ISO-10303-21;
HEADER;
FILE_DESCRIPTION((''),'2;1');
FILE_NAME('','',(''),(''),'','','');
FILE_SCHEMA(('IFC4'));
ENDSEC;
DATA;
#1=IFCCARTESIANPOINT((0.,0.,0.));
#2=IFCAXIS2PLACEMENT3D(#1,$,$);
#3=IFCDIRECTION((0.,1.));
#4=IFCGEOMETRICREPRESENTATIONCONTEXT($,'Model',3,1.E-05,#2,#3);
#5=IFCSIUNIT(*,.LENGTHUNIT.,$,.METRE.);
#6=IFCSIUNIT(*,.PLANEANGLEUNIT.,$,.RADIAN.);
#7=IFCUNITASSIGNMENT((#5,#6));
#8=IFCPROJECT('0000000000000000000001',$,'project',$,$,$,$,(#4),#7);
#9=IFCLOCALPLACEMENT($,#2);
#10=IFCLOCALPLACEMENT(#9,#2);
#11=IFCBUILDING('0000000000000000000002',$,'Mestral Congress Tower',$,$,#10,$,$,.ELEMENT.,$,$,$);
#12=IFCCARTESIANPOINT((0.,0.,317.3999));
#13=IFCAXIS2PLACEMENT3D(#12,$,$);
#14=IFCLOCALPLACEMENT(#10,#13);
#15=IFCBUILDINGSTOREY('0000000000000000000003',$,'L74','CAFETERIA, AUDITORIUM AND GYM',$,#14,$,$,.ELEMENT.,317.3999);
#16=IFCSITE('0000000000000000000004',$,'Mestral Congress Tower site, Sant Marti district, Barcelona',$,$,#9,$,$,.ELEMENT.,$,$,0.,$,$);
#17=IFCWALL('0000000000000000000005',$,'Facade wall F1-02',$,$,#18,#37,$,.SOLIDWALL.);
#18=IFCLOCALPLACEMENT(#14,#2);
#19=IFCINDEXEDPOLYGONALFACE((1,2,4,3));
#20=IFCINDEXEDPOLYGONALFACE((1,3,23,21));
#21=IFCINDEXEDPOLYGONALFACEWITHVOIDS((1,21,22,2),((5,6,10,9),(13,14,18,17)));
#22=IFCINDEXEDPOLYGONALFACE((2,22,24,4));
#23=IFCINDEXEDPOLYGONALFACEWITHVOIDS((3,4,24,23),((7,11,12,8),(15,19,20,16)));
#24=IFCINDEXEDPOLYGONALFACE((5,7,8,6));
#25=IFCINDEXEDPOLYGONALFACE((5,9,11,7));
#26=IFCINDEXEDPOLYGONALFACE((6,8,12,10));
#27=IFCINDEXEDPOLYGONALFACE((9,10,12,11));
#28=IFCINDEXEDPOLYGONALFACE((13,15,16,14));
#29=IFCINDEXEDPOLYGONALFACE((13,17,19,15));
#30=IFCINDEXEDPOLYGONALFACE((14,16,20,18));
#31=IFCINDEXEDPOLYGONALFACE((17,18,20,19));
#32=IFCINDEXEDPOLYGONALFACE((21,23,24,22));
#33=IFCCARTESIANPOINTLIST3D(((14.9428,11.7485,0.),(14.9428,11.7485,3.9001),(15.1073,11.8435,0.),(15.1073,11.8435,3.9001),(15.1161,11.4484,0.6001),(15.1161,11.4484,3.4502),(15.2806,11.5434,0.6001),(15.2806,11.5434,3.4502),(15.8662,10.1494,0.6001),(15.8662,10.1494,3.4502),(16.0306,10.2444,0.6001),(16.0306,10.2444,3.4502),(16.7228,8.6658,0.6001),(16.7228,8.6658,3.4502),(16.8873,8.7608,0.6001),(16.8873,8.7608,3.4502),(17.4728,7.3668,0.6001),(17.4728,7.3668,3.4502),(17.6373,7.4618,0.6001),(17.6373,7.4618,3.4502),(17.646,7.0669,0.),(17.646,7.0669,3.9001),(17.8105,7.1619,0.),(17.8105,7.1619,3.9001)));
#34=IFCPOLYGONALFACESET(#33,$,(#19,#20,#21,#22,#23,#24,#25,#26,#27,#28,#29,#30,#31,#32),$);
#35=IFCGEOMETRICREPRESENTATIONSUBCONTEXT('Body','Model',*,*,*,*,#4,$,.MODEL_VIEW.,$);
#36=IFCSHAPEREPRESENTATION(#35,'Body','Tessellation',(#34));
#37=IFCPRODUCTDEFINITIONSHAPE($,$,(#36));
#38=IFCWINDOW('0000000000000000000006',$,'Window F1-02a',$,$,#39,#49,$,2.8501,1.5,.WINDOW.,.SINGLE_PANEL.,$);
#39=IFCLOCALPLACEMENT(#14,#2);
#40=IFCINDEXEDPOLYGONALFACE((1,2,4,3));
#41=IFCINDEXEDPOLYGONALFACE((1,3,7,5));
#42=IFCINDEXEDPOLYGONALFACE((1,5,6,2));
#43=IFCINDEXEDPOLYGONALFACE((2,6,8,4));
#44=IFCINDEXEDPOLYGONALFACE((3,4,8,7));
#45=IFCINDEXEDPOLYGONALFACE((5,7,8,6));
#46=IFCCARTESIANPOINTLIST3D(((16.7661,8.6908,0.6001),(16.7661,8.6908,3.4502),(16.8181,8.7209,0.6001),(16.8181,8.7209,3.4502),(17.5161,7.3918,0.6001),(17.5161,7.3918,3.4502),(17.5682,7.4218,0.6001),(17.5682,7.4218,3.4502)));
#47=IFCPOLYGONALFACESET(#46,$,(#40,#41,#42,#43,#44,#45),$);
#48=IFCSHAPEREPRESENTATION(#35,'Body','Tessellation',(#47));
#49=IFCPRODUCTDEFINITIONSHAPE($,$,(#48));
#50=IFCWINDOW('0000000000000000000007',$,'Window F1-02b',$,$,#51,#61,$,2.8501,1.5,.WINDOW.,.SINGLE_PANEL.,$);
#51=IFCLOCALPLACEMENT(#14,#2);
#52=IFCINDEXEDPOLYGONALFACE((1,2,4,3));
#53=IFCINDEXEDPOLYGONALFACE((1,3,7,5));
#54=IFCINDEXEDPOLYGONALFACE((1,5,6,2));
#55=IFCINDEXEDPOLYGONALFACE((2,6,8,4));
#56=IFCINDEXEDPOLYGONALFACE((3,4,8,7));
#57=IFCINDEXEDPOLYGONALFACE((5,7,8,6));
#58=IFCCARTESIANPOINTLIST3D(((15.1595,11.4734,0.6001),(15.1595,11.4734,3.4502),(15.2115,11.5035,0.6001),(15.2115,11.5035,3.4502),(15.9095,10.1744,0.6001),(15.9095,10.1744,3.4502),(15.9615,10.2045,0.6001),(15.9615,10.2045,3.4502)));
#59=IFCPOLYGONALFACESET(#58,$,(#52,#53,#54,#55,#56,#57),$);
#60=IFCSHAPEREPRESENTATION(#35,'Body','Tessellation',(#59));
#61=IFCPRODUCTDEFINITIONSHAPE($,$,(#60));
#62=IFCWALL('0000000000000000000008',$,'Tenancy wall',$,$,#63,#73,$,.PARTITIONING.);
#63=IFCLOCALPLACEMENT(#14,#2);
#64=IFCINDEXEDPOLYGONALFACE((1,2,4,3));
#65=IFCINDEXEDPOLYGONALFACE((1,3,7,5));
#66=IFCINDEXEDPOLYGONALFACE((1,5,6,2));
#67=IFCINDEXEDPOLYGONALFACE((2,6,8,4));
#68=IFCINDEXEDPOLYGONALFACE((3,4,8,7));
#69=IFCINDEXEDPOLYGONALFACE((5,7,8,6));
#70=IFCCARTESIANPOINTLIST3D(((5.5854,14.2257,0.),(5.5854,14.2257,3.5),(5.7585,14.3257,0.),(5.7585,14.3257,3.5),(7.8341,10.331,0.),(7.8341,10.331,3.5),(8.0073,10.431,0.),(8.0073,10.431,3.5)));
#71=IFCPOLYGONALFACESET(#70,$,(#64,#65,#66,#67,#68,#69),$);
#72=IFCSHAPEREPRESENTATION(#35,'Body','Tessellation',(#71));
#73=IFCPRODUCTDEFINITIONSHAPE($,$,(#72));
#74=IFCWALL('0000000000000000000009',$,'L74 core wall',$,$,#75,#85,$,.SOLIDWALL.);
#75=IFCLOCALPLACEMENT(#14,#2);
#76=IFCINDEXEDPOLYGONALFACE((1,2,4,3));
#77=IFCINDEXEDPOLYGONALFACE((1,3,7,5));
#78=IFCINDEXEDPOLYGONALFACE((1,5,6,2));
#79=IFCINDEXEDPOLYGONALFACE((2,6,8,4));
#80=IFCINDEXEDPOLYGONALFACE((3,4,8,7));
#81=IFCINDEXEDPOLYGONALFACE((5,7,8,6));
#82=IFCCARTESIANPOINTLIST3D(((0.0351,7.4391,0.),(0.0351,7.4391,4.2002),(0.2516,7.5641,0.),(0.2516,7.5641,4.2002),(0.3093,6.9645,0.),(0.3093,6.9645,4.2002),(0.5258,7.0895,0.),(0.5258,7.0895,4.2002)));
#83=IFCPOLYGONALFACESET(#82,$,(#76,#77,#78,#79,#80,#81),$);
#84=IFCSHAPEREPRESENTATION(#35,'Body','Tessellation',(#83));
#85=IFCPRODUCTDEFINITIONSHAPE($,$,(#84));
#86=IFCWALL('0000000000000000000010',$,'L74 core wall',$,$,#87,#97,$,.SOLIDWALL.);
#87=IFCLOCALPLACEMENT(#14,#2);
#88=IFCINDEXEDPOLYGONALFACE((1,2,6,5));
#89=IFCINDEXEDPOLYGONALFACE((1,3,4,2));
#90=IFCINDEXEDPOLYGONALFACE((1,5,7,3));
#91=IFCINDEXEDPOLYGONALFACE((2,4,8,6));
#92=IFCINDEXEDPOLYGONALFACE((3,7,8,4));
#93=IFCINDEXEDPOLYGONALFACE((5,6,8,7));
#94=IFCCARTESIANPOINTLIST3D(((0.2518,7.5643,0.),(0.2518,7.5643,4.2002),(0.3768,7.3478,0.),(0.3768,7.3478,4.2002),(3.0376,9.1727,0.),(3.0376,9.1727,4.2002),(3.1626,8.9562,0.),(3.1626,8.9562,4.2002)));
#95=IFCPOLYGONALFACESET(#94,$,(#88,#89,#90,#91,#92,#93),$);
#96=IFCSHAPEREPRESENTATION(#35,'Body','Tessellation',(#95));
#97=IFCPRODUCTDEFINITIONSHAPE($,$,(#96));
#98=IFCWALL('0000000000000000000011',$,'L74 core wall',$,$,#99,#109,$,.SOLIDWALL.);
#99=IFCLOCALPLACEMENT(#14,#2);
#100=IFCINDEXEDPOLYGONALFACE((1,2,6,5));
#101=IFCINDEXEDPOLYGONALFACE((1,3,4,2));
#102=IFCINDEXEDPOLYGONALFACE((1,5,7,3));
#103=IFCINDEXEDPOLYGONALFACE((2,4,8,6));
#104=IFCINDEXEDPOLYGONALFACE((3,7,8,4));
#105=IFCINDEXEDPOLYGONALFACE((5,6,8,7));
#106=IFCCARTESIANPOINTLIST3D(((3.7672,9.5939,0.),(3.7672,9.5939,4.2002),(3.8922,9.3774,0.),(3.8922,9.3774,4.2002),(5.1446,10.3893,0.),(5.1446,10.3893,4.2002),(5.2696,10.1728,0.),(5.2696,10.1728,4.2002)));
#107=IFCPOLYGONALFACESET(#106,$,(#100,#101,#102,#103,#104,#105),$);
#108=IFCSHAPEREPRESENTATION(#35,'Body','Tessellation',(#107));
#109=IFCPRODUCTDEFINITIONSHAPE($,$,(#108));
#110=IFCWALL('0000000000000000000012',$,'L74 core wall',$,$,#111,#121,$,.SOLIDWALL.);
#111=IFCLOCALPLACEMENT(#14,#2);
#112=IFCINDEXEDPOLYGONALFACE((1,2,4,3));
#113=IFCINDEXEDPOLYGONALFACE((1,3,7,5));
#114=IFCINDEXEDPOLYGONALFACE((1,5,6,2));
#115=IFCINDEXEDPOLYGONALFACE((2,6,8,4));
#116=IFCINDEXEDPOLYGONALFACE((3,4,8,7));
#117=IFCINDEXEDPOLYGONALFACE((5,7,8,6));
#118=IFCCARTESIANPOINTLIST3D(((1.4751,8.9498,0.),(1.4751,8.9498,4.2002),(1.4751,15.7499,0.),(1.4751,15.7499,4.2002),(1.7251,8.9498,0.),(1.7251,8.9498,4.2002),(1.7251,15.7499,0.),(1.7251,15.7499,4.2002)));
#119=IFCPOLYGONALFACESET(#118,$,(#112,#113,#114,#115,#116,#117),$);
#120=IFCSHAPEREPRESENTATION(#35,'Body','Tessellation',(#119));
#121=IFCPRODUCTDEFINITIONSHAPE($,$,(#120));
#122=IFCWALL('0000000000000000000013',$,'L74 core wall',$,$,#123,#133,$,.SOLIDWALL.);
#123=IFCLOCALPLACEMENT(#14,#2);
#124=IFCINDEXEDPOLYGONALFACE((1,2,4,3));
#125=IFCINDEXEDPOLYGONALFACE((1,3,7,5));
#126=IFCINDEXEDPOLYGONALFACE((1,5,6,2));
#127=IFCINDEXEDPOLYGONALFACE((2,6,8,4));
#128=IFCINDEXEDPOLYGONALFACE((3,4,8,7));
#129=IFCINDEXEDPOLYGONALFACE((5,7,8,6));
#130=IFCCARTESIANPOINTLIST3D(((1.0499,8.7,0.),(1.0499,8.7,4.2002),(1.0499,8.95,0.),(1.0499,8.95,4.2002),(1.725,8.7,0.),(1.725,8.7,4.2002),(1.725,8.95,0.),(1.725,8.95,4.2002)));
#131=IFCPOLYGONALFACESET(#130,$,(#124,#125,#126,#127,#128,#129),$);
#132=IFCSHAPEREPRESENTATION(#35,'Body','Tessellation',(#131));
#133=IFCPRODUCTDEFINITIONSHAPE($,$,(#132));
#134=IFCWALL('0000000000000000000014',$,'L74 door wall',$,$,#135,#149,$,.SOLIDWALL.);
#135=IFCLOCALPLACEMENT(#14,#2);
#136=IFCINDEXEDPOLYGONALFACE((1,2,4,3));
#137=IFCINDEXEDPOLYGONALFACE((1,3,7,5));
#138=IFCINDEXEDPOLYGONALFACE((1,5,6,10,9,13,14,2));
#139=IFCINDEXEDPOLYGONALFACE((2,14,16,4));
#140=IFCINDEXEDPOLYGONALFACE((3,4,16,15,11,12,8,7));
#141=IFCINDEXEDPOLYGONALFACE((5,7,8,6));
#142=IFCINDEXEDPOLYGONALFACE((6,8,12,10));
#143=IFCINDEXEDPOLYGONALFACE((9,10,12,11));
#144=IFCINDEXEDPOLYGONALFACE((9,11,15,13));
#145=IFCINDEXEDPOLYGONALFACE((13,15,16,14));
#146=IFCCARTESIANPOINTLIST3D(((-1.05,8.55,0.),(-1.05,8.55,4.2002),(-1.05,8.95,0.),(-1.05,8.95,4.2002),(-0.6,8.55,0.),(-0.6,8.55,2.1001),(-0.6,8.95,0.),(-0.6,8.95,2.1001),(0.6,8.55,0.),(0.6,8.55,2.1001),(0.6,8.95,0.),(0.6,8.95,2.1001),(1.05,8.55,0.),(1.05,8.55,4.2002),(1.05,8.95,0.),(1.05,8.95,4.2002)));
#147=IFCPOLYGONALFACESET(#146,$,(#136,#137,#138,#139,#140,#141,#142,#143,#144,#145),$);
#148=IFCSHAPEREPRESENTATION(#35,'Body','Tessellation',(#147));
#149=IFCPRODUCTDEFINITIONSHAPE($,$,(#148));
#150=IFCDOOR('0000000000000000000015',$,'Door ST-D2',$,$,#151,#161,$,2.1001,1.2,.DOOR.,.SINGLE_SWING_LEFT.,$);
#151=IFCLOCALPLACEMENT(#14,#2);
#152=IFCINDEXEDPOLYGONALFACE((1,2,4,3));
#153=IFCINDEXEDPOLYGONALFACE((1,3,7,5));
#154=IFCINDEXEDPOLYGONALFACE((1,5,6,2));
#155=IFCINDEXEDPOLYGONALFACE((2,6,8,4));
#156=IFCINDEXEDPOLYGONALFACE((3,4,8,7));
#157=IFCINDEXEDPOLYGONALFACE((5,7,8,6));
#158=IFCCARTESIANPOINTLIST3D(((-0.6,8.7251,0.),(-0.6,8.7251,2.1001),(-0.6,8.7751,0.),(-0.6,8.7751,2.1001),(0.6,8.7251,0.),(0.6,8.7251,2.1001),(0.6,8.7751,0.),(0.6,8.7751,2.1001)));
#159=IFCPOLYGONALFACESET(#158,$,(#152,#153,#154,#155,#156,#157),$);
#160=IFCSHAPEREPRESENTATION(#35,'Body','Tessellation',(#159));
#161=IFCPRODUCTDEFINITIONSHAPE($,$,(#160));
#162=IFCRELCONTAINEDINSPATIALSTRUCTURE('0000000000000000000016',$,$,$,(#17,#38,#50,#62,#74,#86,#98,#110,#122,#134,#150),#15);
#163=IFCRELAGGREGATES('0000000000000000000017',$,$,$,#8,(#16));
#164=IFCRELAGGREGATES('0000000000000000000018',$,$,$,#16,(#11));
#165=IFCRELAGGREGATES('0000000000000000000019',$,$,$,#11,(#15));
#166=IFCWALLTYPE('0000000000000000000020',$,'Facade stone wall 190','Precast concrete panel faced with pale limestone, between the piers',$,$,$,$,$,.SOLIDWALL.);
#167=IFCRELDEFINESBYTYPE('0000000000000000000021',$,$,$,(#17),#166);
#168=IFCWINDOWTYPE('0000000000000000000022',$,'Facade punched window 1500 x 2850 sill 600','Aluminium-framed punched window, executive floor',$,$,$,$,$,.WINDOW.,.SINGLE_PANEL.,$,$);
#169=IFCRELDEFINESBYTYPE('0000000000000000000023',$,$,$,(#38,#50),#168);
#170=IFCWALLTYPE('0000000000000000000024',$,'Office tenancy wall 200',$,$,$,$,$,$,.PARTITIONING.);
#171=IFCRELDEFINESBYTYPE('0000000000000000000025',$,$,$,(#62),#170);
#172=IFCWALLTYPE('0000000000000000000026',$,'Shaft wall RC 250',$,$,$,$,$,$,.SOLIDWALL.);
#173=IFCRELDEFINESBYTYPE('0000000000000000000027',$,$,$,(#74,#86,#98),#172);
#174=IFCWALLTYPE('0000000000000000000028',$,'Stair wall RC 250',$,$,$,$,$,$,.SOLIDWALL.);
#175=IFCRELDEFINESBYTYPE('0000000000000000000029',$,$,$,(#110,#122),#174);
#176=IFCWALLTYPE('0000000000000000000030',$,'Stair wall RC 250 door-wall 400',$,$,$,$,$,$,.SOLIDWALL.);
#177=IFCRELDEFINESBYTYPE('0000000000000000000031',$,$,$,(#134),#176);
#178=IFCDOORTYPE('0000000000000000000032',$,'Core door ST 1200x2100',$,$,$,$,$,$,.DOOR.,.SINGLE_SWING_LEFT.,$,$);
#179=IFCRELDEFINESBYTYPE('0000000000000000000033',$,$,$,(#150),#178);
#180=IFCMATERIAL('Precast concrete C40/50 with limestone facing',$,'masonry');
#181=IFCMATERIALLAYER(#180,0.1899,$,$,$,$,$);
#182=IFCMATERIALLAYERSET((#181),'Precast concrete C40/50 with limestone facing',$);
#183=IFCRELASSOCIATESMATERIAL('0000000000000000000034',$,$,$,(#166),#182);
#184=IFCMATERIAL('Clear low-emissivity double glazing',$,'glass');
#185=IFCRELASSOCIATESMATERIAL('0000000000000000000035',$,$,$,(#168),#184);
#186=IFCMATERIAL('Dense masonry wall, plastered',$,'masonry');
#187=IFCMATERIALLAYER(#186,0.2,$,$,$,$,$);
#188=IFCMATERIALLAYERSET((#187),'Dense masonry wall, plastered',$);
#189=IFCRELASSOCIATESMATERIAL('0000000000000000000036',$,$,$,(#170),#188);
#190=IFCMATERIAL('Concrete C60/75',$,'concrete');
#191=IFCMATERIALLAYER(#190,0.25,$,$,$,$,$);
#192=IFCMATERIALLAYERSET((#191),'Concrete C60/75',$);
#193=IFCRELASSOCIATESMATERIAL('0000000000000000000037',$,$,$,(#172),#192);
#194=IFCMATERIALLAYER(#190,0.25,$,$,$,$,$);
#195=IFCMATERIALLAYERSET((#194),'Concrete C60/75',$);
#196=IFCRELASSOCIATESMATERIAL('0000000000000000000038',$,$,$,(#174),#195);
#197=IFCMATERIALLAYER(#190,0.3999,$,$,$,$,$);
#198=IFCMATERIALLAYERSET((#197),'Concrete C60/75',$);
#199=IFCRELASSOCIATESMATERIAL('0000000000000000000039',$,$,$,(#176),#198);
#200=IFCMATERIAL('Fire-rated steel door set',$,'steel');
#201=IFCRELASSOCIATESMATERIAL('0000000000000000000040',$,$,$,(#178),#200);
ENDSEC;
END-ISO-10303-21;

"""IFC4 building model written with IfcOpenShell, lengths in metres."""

from ifc_helpers import new_model, si_unit, direction, frame, frame_2d, origin, place, context, subcontext, project, spatial, rectangle, extrude, material, layer, layer_set, type_object, element, fill, save


model = new_model("IFC4")

# Units and contexts
model_context = context("Model", 3, precision=1e-05, world=origin(), true_north=direction((0.0, 1.0)))
body_context = subcontext(model_context, "Body", "Model", "MODEL_VIEW")
ifc_project = project(units=[si_unit("LENGTHUNIT", "METRE"), si_unit("PLANEANGLEUNIT", "RADIAN")], contexts=[model_context])

# Site, building, storey
site_placement = place(None, origin())
site = spatial("IfcSite", under=ifc_project, at=site_placement, Name="Mestral Congress Tower site, Sant Marti district, Barcelona", CompositionType="ELEMENT", RefElevation=0.0)
building_placement = place(site_placement, origin())
building = spatial("IfcBuilding", under=site, at=building_placement, Name="Mestral Congress Tower", CompositionType="ELEMENT")
storey_placement = place(building_placement, frame((0.0, 0.0, 317.3999)))
storey = spatial("IfcBuildingStorey", under=building, at=storey_placement, Name="L74", Description="CAFETERIA, AUDITORIUM AND GYM", CompositionType="ELEMENT", Elevation=317.3999)

# Shared definitions
ifc_material_1 = material(Name="Concrete C60/75", Category="concrete")

# Shared definitions
ifc_material_2 = material(Name="Fire-rated steel door set", Category="steel")

# Wall, openings, windows
ifc_material_3 = material(Name="Precast concrete C40/50 with limestone facing", Category="masonry")
ifc_layer_1 = layer(ifc_material_3, 0.1899)
ifc_layer_set_1 = layer_set([ifc_layer_1], Name="Precast concrete C40/50 with limestone facing")
wall_type_1 = type_object("IfcWallType", Name="Facade stone wall 190", Description="Precast concrete panel faced with pale limestone, between the piers", PredefinedType="SOLIDWALL", material=ifc_layer_set_1)
wall_1_placement = place(storey_placement, frame((17.7283, 7.1143, 0.0), z_axis=(0.0, 0.0, 1.0), x_axis=(-0.500025, 0.866011, 0.0)))
wall_1 = element("IfcWall", 1, at=wall_1_placement, inside=storey, type_object=wall_type_1, Name="Facade wall F1-02", PredefinedType="SOLIDWALL", context=body_context, shape_type="SweptSolid", body=[
    extrude(rectangle(XDim=5.406, YDim=0.1899, at=frame_2d((2.7031, 0.0))), origin(), (0.0, 0.0, 1.0), 3.9001),
])
opening_1_placement = place(wall_1_placement, frame((0.3464, 0.0, 0.6001)))
opening_1 = element("IfcOpeningElement", 2, at=opening_1_placement, cuts=wall_1, PredefinedType="OPENING", context=body_context, shape_type="SweptSolid", body=[
    extrude(rectangle(XDim=1.5, YDim=2.8501, at=frame_2d((0.75, 1.425))), frame((0.0, 0.105, 0.0), z_axis=(0.0, -1.0, 0.0), x_axis=(1.0, 0.0, 0.0)), (0.0, 0.0, 1.0), 0.21),
])
opening_2_placement = place(wall_1_placement, frame((3.5596, 0.0, 0.6001)))
opening_2 = element("IfcOpeningElement", 3, at=opening_2_placement, cuts=wall_1, PredefinedType="OPENING", context=body_context, shape_type="SweptSolid", body=[
    extrude(rectangle(XDim=1.5, YDim=2.8501, at=frame_2d((0.75, 1.425))), frame((0.0, 0.105, 0.0), z_axis=(0.0, -1.0, 0.0), x_axis=(1.0, 0.0, 0.0)), (0.0, 0.0, 1.0), 0.21),
])
ifc_material_4 = material(Name="Clear low-emissivity double glazing", Category="glass")
window_type = type_object("IfcWindowType", Name="Facade punched window 1500 x 2850 sill 600", Description="Aluminium-framed punched window, executive floor", PartitioningType="SINGLE_PANEL", PredefinedType="WINDOW", material=ifc_material_4)
window_1_placement = place(opening_1_placement, origin())
window_1 = element("IfcWindow", 4, at=window_1_placement, inside=storey, type_object=window_type, Name="Window F1-02a", OverallHeight=2.8501, OverallWidth=1.5, PartitioningType="SINGLE_PANEL", PredefinedType="WINDOW", context=body_context, shape_type="SweptSolid", body=[
    extrude(rectangle(XDim=1.5, YDim=2.8501, at=frame_2d((0.75, 1.425))), frame((0.0, 0.0449, 0.0), z_axis=(0.0, -1.0, 0.0), x_axis=(1.0, 0.0, 0.0)), (0.0, 0.0, 1.0), 0.0601),
])
fill(opening_1, window_1)
window_2_placement = place(opening_2_placement, origin())
window_2 = element("IfcWindow", 5, at=window_2_placement, inside=storey, type_object=window_type, Name="Window F1-02b", OverallHeight=2.8501, OverallWidth=1.5, PartitioningType="SINGLE_PANEL", PredefinedType="WINDOW", context=body_context, shape_type="SweptSolid", body=[
    extrude(rectangle(XDim=1.5, YDim=2.8501, at=frame_2d((0.75, 1.425))), frame((0.0, 0.0449, 0.0), z_axis=(0.0, -1.0, 0.0), x_axis=(1.0, 0.0, 0.0)), (0.0, 0.0, 1.0), 0.0601),
])
fill(opening_2, window_2)

# Walls
ifc_material_5 = material(Name="Dense masonry wall, plastered", Category="masonry")
ifc_layer_2 = layer(ifc_material_5, 0.2)
ifc_layer_set_2 = layer_set([ifc_layer_2], Name="Dense masonry wall, plastered")
wall_type_2 = type_object("IfcWallType", Name="Office tenancy wall 200", PredefinedType="PARTITIONING", material=ifc_layer_set_2)
wall_2_placement = place(storey_placement, frame((7.9207, 10.3811, 0.0), z_axis=(0.0, 0.0, 1.0), x_axis=(-0.500022, 0.866013, 0.0)))
element("IfcWall", 6, at=wall_2_placement, inside=storey, type_object=wall_type_2, Name="Tenancy wall", PredefinedType="PARTITIONING", context=body_context, shape_type="SweptSolid", body=[
    extrude(rectangle(XDim=4.4973, YDim=0.2, at=frame_2d((2.2485, 0.0))), origin(), (0.0, 0.0, 1.0), 3.5),
])
ifc_layer_3 = layer(ifc_material_1, 0.25)
ifc_layer_set_3 = layer_set([ifc_layer_3], Name="Concrete C60/75")
wall_type_3 = type_object("IfcWallType", Name="Shaft wall RC 250", PredefinedType="SOLIDWALL", material=ifc_layer_set_3)
wall_3_placement = place(storey_placement, frame((0.4175, 7.0271, 0.0), z_axis=(0.0, 0.0, 1.0), x_axis=(-0.500211, 0.865904, 0.0)))
element("IfcWall", 7, at=wall_3_placement, inside=storey, type_object=wall_type_3, Name="L74 core wall", PredefinedType="SOLIDWALL", context=body_context, shape_type="SweptSolid", body=[
    extrude(rectangle(XDim=0.5481, YDim=0.25, at=frame_2d((0.2739, 0.0))), origin(), (0.0, 0.0, 1.0), 4.2002),
])
wall_4_placement = place(storey_placement, frame((3.1001, 9.0645, 0.0), z_axis=(0.0, 0.0, 1.0), x_axis=(-0.86603, -0.499992, 0.0)))
element("IfcWall", 8, at=wall_4_placement, inside=storey, type_object=wall_type_3, Name="L74 core wall", PredefinedType="SOLIDWALL", context=body_context, shape_type="SweptSolid", body=[
    extrude(rectangle(XDim=3.2168, YDim=0.25, at=frame_2d((1.6084, 0.0))), origin(), (0.0, 0.0, 1.0), 4.2002),
])
wall_5_placement = place(storey_placement, frame((3.8296, 9.4856, 0.0), z_axis=(0.0, 0.0, 1.0), x_axis=(0.865986, 0.500068, 0.0)))
element("IfcWall", 9, at=wall_5_placement, inside=storey, type_object=wall_type_3, Name="L74 core wall", PredefinedType="SOLIDWALL", context=body_context, shape_type="SweptSolid", body=[
    extrude(rectangle(XDim=1.5906, YDim=0.25, at=frame_2d((0.7954, 0.0))), origin(), (0.0, 0.0, 1.0), 4.2002),
])
ifc_layer_4 = layer(ifc_material_1, 0.25)
ifc_layer_set_4 = layer_set([ifc_layer_4], Name="Concrete C60/75")
wall_type_4 = type_object("IfcWallType", Name="Stair wall RC 250", PredefinedType="SOLIDWALL", material=ifc_layer_set_4)
wall_6_placement = place(storey_placement, frame((1.6001, 8.95, 0.0), z_axis=(0.0, 0.0, 1.0), x_axis=(0.0, 1.0, 0.0)))
element("IfcWall", 10, at=wall_6_placement, inside=storey, type_object=wall_type_4, Name="L74 core wall", PredefinedType="SOLIDWALL", context=body_context, shape_type="SweptSolid", body=[
    extrude(rectangle(XDim=6.8, YDim=0.25, at=frame_2d((3.3999, 0.0))), origin(), (0.0, 0.0, 1.0), 4.2002),
])
wall_7_placement = place(storey_placement, frame((1.05, 8.825, 0.0), z_axis=(0.0, 0.0, 1.0), x_axis=(1.0, 0.0, 0.0)))
element("IfcWall", 11, at=wall_7_placement, inside=storey, type_object=wall_type_4, Name="L74 core wall", PredefinedType="SOLIDWALL", context=body_context, shape_type="SweptSolid", body=[
    extrude(rectangle(XDim=0.675, YDim=0.25, at=frame_2d((0.3374, 0.0))), origin(), (0.0, 0.0, 1.0), 4.2002),
])

# Wall, opening, door
ifc_layer_5 = layer(ifc_material_1, 0.3999)
ifc_layer_set_5 = layer_set([ifc_layer_5], Name="Concrete C60/75")
wall_type_5 = type_object("IfcWallType", Name="Stair wall RC 250 door-wall 400", PredefinedType="SOLIDWALL", material=ifc_layer_set_5)
wall_8_placement = place(storey_placement, frame((1.05, 8.75, 0.0), z_axis=(0.0, 0.0, 1.0), x_axis=(-1.0, 0.0, 0.0)))
wall_8 = element("IfcWall", 12, at=wall_8_placement, inside=storey, type_object=wall_type_5, Name="L74 door wall", PredefinedType="SOLIDWALL", context=body_context, shape_type="SweptSolid", body=[
    extrude(rectangle(XDim=2.1001, YDim=0.3999, at=frame_2d((1.05, 0.0))), origin(), (0.0, 0.0, 1.0), 4.2002),
])
opening_3_placement = place(wall_8_placement, frame((0.45, 0.0, 0.0)))
opening_3 = element("IfcOpeningElement", 13, at=opening_3_placement, cuts=wall_8, PredefinedType="OPENING", context=body_context, shape_type="SweptSolid", body=[
    extrude(rectangle(XDim=1.2, YDim=2.1001, at=frame_2d((0.6001, 1.05))), frame((0.0, 0.21, 0.0), z_axis=(0.0, -1.0, 0.0), x_axis=(1.0, 0.0, 0.0)), (0.0, 0.0, 1.0), 0.4199),
])
door_type_1 = type_object("IfcDoorType", Name="Core door ST 1200x2100", OperationType="SINGLE_SWING_LEFT", PredefinedType="DOOR", material=ifc_material_2)
door_1_placement = place(opening_3_placement, origin())
door_1 = element("IfcDoor", 14, at=door_1_placement, inside=storey, type_object=door_type_1, Name="Door ST-D2", OperationType="SINGLE_SWING_LEFT", OverallHeight=2.1001, OverallWidth=1.2, PredefinedType="DOOR", context=body_context, shape_type="SweptSolid", body=[
    extrude(rectangle(XDim=1.2, YDim=2.1001, at=frame_2d((0.6001, 1.05))), frame((0.0, 0.0249, 0.0), z_axis=(0.0, -1.0, 0.0), x_axis=(1.0, 0.0, 0.0)), (0.0, 0.0, 1.0), 0.05),
])
fill(opening_3, door_1)

save(model, "model.ifc")
